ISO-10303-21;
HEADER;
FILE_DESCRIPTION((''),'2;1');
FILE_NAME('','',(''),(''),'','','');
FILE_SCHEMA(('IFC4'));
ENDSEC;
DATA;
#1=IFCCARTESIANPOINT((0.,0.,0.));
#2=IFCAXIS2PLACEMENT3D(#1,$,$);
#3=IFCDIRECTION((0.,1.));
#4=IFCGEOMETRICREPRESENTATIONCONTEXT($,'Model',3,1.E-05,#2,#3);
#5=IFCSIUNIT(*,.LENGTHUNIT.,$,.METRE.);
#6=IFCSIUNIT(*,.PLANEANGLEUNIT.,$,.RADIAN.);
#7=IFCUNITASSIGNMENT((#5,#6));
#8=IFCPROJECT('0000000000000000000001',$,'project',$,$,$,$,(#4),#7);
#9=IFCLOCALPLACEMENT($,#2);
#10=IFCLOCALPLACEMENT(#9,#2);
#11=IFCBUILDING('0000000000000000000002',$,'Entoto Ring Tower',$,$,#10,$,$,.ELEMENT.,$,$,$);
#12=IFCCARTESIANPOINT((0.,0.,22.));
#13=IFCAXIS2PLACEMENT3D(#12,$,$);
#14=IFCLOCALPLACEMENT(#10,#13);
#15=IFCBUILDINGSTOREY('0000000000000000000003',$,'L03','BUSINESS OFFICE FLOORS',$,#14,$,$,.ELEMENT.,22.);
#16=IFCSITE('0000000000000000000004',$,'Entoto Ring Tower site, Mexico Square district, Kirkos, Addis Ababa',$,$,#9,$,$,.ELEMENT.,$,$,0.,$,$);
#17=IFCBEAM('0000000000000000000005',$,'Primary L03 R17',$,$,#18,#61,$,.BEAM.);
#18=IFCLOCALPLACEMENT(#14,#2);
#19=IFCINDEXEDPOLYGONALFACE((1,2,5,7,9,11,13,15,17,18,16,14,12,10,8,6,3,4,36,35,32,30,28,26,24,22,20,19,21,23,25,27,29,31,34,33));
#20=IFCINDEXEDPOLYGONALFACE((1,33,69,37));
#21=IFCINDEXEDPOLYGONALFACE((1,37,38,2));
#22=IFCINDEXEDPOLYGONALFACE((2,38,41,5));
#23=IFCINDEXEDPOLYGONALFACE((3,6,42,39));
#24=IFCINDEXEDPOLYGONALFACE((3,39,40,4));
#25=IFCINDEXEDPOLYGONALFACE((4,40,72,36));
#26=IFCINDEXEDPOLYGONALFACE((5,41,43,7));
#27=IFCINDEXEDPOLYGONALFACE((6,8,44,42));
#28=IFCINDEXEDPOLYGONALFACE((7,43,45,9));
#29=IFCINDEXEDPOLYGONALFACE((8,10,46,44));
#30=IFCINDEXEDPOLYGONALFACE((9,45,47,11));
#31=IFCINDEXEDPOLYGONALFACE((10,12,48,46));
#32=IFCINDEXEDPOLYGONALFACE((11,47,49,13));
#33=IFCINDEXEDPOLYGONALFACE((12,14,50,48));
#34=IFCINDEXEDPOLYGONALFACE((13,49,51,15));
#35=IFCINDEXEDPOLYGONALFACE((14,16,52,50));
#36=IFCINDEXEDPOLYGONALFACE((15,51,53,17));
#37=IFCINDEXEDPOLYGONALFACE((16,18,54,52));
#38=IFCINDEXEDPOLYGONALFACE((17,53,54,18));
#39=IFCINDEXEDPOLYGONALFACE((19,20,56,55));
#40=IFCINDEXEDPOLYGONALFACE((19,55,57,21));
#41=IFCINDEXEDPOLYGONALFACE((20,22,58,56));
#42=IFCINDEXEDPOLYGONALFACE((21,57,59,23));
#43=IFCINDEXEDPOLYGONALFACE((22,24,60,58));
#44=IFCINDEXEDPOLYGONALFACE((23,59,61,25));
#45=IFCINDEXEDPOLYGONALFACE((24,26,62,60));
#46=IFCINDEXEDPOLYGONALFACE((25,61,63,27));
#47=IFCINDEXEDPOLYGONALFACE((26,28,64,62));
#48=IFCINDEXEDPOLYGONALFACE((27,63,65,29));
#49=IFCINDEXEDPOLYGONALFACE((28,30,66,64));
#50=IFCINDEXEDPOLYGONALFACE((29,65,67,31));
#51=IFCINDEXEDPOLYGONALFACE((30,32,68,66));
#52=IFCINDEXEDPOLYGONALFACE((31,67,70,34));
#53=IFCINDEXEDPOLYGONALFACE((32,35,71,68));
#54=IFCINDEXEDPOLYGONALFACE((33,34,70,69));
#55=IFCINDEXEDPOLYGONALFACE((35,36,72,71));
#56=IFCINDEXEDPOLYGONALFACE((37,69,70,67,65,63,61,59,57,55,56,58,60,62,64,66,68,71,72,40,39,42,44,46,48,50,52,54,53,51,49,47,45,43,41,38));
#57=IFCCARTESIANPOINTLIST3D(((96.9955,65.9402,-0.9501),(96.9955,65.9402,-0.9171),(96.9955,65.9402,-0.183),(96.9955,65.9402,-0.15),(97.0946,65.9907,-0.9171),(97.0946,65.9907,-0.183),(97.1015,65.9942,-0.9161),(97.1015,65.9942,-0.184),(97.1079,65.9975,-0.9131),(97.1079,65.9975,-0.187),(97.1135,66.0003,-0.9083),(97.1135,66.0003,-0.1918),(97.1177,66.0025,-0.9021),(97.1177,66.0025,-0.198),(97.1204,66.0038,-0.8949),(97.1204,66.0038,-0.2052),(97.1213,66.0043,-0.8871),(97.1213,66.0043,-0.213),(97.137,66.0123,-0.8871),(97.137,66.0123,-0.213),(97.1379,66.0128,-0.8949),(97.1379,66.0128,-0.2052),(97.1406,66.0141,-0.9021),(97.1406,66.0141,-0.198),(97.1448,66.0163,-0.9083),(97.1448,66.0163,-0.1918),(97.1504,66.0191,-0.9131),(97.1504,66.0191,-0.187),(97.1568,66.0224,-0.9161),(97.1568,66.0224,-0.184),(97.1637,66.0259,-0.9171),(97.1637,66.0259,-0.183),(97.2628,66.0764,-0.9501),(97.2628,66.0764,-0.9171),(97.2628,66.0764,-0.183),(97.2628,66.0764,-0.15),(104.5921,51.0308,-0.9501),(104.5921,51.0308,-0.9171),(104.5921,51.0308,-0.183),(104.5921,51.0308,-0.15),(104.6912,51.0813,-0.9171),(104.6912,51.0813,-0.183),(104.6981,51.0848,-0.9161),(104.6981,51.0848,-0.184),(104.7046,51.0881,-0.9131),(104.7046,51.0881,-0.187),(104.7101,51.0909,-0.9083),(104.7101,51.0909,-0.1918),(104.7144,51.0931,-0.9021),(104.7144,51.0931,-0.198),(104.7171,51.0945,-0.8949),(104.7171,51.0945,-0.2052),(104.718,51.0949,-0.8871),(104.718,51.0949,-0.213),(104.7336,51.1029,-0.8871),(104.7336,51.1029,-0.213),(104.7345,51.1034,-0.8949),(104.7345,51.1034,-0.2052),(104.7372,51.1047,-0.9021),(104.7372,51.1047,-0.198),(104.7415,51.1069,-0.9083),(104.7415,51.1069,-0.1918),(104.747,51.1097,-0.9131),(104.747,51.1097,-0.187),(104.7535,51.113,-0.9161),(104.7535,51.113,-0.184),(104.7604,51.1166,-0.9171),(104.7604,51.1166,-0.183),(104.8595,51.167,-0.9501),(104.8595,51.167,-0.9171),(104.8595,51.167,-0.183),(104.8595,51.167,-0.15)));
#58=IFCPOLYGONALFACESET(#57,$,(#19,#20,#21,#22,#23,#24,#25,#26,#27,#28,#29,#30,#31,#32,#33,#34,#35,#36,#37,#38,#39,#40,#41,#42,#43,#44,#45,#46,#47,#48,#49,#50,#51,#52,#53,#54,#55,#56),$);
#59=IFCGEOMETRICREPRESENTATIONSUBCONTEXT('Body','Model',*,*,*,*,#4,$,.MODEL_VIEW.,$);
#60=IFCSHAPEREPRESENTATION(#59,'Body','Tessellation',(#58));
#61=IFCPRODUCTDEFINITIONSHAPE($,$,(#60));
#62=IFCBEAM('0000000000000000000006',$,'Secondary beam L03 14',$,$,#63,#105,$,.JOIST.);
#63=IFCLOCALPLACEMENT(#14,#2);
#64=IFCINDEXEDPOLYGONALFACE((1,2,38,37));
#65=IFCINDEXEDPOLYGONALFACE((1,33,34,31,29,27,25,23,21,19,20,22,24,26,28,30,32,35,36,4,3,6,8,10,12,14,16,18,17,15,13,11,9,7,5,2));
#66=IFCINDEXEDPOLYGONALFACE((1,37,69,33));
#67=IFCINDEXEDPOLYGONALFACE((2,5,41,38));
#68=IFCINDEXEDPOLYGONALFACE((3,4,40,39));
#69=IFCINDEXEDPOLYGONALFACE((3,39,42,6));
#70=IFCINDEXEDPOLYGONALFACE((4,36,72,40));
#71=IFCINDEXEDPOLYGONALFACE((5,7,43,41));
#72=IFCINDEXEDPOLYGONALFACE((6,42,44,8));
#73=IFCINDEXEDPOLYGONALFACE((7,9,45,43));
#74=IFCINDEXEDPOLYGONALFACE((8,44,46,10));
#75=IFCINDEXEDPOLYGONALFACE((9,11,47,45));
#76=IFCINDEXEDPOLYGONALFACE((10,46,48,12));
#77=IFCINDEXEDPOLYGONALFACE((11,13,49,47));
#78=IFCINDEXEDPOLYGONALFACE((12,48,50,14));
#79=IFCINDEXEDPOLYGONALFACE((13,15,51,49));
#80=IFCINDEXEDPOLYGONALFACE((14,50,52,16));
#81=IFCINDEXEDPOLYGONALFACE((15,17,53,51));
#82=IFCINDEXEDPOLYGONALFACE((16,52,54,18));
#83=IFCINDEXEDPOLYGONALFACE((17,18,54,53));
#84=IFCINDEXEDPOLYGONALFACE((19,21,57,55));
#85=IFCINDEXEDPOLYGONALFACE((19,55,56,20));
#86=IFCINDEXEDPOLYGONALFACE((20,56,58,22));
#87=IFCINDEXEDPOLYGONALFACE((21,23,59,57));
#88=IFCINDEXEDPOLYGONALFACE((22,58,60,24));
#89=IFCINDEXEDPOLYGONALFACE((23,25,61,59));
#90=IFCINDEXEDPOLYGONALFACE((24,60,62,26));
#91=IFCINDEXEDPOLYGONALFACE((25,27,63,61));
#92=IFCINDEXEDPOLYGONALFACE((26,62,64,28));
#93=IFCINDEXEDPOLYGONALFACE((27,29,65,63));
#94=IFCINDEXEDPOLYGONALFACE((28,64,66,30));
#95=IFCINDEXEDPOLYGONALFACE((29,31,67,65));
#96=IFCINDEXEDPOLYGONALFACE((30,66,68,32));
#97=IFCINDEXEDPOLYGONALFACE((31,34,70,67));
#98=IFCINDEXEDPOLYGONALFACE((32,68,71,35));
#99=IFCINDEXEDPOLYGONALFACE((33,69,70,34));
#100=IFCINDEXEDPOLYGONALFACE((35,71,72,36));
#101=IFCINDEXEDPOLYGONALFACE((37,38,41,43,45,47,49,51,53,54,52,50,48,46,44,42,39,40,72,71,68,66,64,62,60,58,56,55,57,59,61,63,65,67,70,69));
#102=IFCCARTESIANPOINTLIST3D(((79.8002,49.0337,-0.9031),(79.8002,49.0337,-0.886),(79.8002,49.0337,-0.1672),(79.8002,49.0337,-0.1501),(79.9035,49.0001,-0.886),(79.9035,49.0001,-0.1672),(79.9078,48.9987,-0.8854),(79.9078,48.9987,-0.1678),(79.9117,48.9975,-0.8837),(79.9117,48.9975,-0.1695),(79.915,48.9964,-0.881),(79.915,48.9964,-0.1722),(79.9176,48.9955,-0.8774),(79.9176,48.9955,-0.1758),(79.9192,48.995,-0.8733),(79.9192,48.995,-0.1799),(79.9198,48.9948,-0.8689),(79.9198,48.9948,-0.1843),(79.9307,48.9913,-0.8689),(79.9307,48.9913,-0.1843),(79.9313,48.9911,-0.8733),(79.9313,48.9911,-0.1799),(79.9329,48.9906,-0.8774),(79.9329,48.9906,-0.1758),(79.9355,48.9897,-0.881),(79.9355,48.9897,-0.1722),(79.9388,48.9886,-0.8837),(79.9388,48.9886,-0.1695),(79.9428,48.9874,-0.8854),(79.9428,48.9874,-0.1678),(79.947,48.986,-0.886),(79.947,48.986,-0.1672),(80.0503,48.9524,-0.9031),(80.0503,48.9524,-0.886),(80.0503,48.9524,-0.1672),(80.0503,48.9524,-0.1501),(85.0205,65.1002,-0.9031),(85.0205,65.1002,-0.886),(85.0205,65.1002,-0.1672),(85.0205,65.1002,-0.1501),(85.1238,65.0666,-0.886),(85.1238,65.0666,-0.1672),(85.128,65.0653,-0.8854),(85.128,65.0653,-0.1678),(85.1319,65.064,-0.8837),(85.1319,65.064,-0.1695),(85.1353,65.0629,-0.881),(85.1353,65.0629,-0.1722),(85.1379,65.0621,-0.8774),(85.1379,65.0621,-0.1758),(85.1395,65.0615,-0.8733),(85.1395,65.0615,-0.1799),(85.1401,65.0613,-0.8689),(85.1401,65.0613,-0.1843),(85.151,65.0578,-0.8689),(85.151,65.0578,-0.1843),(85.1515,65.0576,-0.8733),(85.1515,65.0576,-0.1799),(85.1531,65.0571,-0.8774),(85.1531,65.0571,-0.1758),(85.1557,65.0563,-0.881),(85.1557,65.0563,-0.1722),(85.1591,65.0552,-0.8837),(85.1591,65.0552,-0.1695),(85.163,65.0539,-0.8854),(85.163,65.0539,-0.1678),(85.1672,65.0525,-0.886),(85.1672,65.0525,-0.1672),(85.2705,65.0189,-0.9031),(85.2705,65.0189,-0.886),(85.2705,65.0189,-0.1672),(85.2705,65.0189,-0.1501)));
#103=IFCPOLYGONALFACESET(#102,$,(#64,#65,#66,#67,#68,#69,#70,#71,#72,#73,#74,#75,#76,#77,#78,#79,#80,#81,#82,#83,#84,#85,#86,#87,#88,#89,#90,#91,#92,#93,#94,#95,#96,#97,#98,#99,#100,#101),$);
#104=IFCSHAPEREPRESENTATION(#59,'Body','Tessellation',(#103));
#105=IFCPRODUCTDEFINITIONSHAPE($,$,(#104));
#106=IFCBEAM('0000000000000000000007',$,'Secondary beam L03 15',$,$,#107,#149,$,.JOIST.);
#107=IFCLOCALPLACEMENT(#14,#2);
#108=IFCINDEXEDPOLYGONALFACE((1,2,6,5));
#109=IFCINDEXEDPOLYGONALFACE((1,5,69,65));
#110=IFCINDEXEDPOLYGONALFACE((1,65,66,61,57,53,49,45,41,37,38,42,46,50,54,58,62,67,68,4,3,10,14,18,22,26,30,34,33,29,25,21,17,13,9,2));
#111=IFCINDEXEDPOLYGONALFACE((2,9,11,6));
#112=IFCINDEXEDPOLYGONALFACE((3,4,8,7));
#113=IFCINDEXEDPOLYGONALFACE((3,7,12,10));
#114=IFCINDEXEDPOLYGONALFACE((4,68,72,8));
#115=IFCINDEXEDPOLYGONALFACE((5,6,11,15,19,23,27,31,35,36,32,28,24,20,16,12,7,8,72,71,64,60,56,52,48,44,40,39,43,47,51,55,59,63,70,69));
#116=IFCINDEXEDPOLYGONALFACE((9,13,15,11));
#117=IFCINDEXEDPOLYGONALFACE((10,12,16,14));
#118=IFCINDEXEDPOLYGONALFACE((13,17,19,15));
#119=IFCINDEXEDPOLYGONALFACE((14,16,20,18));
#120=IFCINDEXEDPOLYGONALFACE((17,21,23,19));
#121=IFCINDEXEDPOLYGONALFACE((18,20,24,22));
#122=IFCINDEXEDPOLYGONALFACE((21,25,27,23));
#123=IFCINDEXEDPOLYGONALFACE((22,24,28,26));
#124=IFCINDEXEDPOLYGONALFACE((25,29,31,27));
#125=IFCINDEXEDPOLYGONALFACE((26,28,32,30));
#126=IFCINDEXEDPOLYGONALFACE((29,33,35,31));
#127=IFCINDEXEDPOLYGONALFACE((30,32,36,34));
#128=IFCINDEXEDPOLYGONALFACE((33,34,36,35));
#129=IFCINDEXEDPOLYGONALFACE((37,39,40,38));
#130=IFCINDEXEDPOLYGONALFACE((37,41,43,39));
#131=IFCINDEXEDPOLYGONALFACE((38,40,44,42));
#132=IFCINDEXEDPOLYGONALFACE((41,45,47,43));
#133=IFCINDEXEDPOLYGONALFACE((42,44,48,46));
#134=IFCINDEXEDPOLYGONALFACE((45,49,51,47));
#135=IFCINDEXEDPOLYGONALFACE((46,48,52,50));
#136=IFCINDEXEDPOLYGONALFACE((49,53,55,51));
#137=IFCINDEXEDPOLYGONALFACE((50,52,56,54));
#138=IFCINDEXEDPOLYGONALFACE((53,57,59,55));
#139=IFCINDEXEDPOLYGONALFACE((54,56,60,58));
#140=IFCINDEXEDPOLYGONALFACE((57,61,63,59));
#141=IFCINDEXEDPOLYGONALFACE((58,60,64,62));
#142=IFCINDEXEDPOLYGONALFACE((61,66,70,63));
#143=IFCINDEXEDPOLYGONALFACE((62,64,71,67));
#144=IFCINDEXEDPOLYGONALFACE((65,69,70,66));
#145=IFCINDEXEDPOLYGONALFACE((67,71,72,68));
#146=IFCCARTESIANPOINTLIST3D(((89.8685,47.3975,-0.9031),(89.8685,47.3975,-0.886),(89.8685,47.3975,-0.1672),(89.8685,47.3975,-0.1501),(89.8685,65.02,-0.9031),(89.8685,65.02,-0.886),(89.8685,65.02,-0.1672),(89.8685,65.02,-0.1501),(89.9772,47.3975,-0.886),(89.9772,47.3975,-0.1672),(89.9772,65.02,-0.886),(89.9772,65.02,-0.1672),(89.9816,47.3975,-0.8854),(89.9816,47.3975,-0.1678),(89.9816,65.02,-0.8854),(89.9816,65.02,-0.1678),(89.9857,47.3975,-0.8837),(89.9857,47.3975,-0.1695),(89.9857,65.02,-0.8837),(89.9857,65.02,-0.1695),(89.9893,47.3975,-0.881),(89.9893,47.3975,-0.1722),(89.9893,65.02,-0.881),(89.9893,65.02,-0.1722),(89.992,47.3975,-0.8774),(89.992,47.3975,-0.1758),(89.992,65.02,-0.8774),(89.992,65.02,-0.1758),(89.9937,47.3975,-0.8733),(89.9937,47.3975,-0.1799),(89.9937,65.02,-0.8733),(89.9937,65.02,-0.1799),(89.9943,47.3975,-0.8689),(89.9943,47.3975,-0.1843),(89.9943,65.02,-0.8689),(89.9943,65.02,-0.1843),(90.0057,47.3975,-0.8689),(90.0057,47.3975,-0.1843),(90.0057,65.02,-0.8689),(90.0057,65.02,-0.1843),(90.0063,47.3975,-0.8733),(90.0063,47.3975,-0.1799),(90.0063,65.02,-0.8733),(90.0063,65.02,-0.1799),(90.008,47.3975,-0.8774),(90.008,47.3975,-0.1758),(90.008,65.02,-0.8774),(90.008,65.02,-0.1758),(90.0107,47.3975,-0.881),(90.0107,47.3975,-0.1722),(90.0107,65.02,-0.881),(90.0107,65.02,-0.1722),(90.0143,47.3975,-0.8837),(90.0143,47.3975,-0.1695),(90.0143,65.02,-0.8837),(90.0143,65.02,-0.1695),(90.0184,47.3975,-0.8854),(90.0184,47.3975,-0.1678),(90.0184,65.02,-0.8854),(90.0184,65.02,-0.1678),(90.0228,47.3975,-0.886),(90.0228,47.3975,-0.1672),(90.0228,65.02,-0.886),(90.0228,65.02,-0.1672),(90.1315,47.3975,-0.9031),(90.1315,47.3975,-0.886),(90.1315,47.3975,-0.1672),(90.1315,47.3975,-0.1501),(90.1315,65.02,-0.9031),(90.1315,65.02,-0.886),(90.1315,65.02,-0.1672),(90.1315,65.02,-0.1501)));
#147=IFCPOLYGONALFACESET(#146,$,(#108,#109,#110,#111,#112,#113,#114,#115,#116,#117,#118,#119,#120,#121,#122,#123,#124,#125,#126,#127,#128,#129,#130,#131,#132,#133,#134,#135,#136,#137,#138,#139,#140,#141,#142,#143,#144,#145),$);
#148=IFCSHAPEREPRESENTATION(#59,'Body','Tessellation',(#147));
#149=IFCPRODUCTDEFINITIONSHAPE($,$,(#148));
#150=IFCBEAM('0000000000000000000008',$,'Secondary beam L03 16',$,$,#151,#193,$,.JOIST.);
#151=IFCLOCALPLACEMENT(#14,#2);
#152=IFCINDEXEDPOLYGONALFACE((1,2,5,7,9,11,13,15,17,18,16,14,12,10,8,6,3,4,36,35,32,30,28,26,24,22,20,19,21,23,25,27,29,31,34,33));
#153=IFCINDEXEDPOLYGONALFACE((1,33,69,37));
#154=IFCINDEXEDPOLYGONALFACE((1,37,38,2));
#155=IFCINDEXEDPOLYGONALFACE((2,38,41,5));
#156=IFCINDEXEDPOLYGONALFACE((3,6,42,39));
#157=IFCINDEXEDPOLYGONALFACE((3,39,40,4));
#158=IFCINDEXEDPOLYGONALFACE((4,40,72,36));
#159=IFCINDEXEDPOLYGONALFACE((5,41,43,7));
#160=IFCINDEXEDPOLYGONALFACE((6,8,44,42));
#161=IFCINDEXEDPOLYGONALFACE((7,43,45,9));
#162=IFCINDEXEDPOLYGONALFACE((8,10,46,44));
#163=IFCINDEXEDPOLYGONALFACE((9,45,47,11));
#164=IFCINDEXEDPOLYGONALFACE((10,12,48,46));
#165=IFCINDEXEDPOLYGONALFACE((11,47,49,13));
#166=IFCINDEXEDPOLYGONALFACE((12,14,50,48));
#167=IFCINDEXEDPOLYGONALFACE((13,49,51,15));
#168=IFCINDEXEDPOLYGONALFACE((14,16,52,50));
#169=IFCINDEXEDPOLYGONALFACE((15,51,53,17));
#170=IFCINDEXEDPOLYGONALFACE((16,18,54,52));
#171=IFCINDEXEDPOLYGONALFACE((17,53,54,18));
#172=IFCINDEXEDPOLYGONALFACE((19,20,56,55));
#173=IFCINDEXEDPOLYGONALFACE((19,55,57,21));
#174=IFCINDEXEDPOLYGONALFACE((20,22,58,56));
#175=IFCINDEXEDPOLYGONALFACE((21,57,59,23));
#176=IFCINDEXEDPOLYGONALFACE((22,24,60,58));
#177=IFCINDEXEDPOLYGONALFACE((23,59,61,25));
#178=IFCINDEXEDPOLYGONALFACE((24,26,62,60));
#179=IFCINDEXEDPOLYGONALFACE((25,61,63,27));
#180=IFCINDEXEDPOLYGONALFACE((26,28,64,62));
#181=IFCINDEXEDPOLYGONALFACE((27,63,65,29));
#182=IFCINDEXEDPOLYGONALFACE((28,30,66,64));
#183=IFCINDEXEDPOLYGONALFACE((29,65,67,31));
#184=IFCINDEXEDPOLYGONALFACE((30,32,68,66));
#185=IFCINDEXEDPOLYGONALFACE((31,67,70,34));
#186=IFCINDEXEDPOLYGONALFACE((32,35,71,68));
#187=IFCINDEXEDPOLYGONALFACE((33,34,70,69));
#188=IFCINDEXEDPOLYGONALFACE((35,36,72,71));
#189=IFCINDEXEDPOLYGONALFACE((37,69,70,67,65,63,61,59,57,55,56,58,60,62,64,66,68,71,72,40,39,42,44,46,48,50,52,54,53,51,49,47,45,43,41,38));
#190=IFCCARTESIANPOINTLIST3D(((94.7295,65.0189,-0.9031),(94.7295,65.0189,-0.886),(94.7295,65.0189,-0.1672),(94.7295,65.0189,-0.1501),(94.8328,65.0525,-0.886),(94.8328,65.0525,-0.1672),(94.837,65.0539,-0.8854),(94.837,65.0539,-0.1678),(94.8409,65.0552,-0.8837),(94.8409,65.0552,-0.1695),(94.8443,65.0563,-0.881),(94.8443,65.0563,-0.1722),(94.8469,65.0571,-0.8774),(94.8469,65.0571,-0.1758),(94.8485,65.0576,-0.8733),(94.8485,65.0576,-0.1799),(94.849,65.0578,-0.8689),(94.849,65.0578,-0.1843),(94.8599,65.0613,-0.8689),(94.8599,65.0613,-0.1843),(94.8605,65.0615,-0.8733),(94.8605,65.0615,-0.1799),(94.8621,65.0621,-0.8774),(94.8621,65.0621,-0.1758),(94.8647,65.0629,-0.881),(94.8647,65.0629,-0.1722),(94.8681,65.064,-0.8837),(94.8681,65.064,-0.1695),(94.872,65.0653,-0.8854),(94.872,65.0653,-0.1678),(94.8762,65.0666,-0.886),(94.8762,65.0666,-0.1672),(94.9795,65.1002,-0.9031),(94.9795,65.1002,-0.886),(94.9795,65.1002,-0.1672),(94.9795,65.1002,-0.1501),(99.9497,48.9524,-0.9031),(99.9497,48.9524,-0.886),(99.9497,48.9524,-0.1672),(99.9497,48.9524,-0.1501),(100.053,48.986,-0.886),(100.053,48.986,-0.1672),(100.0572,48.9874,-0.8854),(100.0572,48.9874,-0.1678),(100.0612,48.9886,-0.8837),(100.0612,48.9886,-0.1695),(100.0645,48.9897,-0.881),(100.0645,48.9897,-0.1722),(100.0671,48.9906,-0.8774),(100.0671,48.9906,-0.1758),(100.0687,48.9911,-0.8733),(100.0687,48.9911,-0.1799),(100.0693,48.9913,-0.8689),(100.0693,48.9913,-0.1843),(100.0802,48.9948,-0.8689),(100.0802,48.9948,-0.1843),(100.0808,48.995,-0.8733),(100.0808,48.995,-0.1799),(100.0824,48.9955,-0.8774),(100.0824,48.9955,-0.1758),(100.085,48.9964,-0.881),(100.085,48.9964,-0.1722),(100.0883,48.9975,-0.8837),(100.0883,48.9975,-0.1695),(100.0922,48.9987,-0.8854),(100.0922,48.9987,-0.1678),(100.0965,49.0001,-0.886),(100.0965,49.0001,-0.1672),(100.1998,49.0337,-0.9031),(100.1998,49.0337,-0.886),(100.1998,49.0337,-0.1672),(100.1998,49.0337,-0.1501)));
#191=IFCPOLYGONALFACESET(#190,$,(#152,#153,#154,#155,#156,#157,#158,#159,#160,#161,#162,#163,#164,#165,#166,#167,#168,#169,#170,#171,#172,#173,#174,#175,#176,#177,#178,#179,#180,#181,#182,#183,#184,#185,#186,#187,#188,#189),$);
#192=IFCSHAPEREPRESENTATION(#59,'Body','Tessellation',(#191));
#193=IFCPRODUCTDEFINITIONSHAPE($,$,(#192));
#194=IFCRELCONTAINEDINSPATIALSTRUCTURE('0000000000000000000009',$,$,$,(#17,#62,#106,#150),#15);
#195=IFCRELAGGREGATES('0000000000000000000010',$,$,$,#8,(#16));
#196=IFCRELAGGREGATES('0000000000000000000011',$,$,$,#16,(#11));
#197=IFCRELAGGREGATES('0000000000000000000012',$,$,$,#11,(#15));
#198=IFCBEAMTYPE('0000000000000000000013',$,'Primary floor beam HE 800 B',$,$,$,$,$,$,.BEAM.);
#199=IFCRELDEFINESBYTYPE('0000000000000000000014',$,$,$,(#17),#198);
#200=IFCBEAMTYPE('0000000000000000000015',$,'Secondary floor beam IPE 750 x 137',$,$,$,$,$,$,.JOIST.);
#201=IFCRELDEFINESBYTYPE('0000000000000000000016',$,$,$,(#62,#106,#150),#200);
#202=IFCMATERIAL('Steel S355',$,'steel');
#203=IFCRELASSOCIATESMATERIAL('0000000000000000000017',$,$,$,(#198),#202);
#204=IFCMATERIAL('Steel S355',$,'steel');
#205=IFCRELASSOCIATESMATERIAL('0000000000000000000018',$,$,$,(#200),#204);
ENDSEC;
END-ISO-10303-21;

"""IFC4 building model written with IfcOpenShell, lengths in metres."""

from ifc_helpers import new_model, si_unit, direction, frame, origin, origin_2d, place, context, subcontext, project, spatial, i_section, extrude, material, material_profile, profile_set, type_object, element, save


model = new_model("IFC4")

# Units and contexts
model_context = context("Model", 3, precision=1e-05, world=origin(), true_north=direction((0.0, 1.0)))
body_context = subcontext(model_context, "Body", "Model", "MODEL_VIEW")
ifc_project = project(units=[si_unit("LENGTHUNIT", "METRE"), si_unit("PLANEANGLEUNIT", "RADIAN")], contexts=[model_context])

# Site, building, storey
site_placement = place(None, origin())
site = spatial("IfcSite", under=ifc_project, at=site_placement, Name="Entoto Ring Tower site, Mexico Square district, Kirkos, Addis Ababa", CompositionType="ELEMENT", RefElevation=0.0)
building_placement = place(site_placement, origin())
building = spatial("IfcBuilding", under=site, at=building_placement, Name="Entoto Ring Tower", CompositionType="ELEMENT")
storey_placement = place(building_placement, frame((0.0, 0.0, 22.0)))
storey = spatial("IfcBuildingStorey", under=building, at=storey_placement, Name="L03", Description="BUSINESS OFFICE FLOORS", CompositionType="ELEMENT", Elevation=22.0)

# Beams
ifc_material_1 = material(Name="Steel S355", Category="steel")
ifc_material_profile_1 = material_profile(ifc_material_1, i_section(OverallWidth=0.3, OverallDepth=0.8, WebThickness=0.0176, FlangeThickness=0.033, FilletRadius=0.03, at=origin_2d()), Name="HE 800 B")
ifc_profile_set_1 = profile_set([ifc_material_profile_1], Name="Steel S355")
beam_type_1 = type_object("IfcBeamType", Name="Primary floor beam HE 800 B", PredefinedType="BEAM", material=ifc_profile_set_1)
beam_1_placement = place(storey_placement, frame((97.1292, 66.0083, -0.55), z_axis=(0.453988, -0.891008, 0.0), x_axis=(0.891008, 0.453988, 0.0)))
element("IfcBeam", 1, at=beam_1_placement, inside=storey, type_object=beam_type_1, Name="Primary L03 R17", PredefinedType="BEAM", context=body_context, shape_type="SweptSolid", body=[
    extrude(i_section(OverallWidth=0.3, OverallDepth=0.8, WebThickness=0.0176, FlangeThickness=0.033, FilletRadius=0.03, at=origin_2d()), origin(), (0.0, 0.0, 1.0), 16.7332),
])
ifc_material_2 = material(Name="Steel S355", Category="steel")
ifc_material_profile_2 = material_profile(ifc_material_2, i_section(OverallWidth=0.2629, OverallDepth=0.7529, WebThickness=0.0115, FlangeThickness=0.0171, FilletRadius=0.0171, at=origin_2d()), Name="IPE 750 x 137")
ifc_profile_set_2 = profile_set([ifc_material_profile_2], Name="Steel S355")
beam_type_2 = type_object("IfcBeamType", Name="Secondary floor beam IPE 750 x 137", PredefinedType="JOIST", material=ifc_profile_set_2)
beam_2_placement = place(storey_placement, frame((85.1455, 65.0596, -0.5266), z_axis=(-0.309013, -0.951058, 0.0), x_axis=(0.951058, -0.309013, 0.0)))
element("IfcBeam", 2, at=beam_2_placement, inside=storey, type_object=beam_type_2, Name="Secondary beam L03 14", PredefinedType="JOIST", context=body_context, shape_type="SweptSolid", body=[
    extrude(i_section(OverallWidth=0.2629, OverallDepth=0.7529, WebThickness=0.0115, FlangeThickness=0.0171, FilletRadius=0.0171, at=origin_2d()), origin(), (0.0, 0.0, 1.0), 16.8933),
])
beam_3_placement = place(storey_placement, frame((90.0, 65.02, -0.5266), z_axis=(0.0, -1.0, 0.0), x_axis=(1.0, 0.0, 0.0)))
element("IfcBeam", 3, at=beam_3_placement, inside=storey, type_object=beam_type_2, Name="Secondary beam L03 15", PredefinedType="JOIST", context=body_context, shape_type="SweptSolid", body=[
    extrude(i_section(OverallWidth=0.2629, OverallDepth=0.7529, WebThickness=0.0115, FlangeThickness=0.0171, FilletRadius=0.0171, at=origin_2d()), origin(), (0.0, 0.0, 1.0), 17.6226),
])
beam_4_placement = place(storey_placement, frame((94.8545, 65.0596, -0.5266), z_axis=(0.309013, -0.951058, 0.0), x_axis=(0.951058, 0.309013, 0.0)))
element("IfcBeam", 4, at=beam_4_placement, inside=storey, type_object=beam_type_2, Name="Secondary beam L03 16", PredefinedType="JOIST", context=body_context, shape_type="SweptSolid", body=[
    extrude(i_section(OverallWidth=0.2629, OverallDepth=0.7529, WebThickness=0.0115, FlangeThickness=0.0171, FilletRadius=0.0171, at=origin_2d()), origin(), (0.0, 0.0, 1.0), 16.8933),
])

save(model, "model.ifc")
